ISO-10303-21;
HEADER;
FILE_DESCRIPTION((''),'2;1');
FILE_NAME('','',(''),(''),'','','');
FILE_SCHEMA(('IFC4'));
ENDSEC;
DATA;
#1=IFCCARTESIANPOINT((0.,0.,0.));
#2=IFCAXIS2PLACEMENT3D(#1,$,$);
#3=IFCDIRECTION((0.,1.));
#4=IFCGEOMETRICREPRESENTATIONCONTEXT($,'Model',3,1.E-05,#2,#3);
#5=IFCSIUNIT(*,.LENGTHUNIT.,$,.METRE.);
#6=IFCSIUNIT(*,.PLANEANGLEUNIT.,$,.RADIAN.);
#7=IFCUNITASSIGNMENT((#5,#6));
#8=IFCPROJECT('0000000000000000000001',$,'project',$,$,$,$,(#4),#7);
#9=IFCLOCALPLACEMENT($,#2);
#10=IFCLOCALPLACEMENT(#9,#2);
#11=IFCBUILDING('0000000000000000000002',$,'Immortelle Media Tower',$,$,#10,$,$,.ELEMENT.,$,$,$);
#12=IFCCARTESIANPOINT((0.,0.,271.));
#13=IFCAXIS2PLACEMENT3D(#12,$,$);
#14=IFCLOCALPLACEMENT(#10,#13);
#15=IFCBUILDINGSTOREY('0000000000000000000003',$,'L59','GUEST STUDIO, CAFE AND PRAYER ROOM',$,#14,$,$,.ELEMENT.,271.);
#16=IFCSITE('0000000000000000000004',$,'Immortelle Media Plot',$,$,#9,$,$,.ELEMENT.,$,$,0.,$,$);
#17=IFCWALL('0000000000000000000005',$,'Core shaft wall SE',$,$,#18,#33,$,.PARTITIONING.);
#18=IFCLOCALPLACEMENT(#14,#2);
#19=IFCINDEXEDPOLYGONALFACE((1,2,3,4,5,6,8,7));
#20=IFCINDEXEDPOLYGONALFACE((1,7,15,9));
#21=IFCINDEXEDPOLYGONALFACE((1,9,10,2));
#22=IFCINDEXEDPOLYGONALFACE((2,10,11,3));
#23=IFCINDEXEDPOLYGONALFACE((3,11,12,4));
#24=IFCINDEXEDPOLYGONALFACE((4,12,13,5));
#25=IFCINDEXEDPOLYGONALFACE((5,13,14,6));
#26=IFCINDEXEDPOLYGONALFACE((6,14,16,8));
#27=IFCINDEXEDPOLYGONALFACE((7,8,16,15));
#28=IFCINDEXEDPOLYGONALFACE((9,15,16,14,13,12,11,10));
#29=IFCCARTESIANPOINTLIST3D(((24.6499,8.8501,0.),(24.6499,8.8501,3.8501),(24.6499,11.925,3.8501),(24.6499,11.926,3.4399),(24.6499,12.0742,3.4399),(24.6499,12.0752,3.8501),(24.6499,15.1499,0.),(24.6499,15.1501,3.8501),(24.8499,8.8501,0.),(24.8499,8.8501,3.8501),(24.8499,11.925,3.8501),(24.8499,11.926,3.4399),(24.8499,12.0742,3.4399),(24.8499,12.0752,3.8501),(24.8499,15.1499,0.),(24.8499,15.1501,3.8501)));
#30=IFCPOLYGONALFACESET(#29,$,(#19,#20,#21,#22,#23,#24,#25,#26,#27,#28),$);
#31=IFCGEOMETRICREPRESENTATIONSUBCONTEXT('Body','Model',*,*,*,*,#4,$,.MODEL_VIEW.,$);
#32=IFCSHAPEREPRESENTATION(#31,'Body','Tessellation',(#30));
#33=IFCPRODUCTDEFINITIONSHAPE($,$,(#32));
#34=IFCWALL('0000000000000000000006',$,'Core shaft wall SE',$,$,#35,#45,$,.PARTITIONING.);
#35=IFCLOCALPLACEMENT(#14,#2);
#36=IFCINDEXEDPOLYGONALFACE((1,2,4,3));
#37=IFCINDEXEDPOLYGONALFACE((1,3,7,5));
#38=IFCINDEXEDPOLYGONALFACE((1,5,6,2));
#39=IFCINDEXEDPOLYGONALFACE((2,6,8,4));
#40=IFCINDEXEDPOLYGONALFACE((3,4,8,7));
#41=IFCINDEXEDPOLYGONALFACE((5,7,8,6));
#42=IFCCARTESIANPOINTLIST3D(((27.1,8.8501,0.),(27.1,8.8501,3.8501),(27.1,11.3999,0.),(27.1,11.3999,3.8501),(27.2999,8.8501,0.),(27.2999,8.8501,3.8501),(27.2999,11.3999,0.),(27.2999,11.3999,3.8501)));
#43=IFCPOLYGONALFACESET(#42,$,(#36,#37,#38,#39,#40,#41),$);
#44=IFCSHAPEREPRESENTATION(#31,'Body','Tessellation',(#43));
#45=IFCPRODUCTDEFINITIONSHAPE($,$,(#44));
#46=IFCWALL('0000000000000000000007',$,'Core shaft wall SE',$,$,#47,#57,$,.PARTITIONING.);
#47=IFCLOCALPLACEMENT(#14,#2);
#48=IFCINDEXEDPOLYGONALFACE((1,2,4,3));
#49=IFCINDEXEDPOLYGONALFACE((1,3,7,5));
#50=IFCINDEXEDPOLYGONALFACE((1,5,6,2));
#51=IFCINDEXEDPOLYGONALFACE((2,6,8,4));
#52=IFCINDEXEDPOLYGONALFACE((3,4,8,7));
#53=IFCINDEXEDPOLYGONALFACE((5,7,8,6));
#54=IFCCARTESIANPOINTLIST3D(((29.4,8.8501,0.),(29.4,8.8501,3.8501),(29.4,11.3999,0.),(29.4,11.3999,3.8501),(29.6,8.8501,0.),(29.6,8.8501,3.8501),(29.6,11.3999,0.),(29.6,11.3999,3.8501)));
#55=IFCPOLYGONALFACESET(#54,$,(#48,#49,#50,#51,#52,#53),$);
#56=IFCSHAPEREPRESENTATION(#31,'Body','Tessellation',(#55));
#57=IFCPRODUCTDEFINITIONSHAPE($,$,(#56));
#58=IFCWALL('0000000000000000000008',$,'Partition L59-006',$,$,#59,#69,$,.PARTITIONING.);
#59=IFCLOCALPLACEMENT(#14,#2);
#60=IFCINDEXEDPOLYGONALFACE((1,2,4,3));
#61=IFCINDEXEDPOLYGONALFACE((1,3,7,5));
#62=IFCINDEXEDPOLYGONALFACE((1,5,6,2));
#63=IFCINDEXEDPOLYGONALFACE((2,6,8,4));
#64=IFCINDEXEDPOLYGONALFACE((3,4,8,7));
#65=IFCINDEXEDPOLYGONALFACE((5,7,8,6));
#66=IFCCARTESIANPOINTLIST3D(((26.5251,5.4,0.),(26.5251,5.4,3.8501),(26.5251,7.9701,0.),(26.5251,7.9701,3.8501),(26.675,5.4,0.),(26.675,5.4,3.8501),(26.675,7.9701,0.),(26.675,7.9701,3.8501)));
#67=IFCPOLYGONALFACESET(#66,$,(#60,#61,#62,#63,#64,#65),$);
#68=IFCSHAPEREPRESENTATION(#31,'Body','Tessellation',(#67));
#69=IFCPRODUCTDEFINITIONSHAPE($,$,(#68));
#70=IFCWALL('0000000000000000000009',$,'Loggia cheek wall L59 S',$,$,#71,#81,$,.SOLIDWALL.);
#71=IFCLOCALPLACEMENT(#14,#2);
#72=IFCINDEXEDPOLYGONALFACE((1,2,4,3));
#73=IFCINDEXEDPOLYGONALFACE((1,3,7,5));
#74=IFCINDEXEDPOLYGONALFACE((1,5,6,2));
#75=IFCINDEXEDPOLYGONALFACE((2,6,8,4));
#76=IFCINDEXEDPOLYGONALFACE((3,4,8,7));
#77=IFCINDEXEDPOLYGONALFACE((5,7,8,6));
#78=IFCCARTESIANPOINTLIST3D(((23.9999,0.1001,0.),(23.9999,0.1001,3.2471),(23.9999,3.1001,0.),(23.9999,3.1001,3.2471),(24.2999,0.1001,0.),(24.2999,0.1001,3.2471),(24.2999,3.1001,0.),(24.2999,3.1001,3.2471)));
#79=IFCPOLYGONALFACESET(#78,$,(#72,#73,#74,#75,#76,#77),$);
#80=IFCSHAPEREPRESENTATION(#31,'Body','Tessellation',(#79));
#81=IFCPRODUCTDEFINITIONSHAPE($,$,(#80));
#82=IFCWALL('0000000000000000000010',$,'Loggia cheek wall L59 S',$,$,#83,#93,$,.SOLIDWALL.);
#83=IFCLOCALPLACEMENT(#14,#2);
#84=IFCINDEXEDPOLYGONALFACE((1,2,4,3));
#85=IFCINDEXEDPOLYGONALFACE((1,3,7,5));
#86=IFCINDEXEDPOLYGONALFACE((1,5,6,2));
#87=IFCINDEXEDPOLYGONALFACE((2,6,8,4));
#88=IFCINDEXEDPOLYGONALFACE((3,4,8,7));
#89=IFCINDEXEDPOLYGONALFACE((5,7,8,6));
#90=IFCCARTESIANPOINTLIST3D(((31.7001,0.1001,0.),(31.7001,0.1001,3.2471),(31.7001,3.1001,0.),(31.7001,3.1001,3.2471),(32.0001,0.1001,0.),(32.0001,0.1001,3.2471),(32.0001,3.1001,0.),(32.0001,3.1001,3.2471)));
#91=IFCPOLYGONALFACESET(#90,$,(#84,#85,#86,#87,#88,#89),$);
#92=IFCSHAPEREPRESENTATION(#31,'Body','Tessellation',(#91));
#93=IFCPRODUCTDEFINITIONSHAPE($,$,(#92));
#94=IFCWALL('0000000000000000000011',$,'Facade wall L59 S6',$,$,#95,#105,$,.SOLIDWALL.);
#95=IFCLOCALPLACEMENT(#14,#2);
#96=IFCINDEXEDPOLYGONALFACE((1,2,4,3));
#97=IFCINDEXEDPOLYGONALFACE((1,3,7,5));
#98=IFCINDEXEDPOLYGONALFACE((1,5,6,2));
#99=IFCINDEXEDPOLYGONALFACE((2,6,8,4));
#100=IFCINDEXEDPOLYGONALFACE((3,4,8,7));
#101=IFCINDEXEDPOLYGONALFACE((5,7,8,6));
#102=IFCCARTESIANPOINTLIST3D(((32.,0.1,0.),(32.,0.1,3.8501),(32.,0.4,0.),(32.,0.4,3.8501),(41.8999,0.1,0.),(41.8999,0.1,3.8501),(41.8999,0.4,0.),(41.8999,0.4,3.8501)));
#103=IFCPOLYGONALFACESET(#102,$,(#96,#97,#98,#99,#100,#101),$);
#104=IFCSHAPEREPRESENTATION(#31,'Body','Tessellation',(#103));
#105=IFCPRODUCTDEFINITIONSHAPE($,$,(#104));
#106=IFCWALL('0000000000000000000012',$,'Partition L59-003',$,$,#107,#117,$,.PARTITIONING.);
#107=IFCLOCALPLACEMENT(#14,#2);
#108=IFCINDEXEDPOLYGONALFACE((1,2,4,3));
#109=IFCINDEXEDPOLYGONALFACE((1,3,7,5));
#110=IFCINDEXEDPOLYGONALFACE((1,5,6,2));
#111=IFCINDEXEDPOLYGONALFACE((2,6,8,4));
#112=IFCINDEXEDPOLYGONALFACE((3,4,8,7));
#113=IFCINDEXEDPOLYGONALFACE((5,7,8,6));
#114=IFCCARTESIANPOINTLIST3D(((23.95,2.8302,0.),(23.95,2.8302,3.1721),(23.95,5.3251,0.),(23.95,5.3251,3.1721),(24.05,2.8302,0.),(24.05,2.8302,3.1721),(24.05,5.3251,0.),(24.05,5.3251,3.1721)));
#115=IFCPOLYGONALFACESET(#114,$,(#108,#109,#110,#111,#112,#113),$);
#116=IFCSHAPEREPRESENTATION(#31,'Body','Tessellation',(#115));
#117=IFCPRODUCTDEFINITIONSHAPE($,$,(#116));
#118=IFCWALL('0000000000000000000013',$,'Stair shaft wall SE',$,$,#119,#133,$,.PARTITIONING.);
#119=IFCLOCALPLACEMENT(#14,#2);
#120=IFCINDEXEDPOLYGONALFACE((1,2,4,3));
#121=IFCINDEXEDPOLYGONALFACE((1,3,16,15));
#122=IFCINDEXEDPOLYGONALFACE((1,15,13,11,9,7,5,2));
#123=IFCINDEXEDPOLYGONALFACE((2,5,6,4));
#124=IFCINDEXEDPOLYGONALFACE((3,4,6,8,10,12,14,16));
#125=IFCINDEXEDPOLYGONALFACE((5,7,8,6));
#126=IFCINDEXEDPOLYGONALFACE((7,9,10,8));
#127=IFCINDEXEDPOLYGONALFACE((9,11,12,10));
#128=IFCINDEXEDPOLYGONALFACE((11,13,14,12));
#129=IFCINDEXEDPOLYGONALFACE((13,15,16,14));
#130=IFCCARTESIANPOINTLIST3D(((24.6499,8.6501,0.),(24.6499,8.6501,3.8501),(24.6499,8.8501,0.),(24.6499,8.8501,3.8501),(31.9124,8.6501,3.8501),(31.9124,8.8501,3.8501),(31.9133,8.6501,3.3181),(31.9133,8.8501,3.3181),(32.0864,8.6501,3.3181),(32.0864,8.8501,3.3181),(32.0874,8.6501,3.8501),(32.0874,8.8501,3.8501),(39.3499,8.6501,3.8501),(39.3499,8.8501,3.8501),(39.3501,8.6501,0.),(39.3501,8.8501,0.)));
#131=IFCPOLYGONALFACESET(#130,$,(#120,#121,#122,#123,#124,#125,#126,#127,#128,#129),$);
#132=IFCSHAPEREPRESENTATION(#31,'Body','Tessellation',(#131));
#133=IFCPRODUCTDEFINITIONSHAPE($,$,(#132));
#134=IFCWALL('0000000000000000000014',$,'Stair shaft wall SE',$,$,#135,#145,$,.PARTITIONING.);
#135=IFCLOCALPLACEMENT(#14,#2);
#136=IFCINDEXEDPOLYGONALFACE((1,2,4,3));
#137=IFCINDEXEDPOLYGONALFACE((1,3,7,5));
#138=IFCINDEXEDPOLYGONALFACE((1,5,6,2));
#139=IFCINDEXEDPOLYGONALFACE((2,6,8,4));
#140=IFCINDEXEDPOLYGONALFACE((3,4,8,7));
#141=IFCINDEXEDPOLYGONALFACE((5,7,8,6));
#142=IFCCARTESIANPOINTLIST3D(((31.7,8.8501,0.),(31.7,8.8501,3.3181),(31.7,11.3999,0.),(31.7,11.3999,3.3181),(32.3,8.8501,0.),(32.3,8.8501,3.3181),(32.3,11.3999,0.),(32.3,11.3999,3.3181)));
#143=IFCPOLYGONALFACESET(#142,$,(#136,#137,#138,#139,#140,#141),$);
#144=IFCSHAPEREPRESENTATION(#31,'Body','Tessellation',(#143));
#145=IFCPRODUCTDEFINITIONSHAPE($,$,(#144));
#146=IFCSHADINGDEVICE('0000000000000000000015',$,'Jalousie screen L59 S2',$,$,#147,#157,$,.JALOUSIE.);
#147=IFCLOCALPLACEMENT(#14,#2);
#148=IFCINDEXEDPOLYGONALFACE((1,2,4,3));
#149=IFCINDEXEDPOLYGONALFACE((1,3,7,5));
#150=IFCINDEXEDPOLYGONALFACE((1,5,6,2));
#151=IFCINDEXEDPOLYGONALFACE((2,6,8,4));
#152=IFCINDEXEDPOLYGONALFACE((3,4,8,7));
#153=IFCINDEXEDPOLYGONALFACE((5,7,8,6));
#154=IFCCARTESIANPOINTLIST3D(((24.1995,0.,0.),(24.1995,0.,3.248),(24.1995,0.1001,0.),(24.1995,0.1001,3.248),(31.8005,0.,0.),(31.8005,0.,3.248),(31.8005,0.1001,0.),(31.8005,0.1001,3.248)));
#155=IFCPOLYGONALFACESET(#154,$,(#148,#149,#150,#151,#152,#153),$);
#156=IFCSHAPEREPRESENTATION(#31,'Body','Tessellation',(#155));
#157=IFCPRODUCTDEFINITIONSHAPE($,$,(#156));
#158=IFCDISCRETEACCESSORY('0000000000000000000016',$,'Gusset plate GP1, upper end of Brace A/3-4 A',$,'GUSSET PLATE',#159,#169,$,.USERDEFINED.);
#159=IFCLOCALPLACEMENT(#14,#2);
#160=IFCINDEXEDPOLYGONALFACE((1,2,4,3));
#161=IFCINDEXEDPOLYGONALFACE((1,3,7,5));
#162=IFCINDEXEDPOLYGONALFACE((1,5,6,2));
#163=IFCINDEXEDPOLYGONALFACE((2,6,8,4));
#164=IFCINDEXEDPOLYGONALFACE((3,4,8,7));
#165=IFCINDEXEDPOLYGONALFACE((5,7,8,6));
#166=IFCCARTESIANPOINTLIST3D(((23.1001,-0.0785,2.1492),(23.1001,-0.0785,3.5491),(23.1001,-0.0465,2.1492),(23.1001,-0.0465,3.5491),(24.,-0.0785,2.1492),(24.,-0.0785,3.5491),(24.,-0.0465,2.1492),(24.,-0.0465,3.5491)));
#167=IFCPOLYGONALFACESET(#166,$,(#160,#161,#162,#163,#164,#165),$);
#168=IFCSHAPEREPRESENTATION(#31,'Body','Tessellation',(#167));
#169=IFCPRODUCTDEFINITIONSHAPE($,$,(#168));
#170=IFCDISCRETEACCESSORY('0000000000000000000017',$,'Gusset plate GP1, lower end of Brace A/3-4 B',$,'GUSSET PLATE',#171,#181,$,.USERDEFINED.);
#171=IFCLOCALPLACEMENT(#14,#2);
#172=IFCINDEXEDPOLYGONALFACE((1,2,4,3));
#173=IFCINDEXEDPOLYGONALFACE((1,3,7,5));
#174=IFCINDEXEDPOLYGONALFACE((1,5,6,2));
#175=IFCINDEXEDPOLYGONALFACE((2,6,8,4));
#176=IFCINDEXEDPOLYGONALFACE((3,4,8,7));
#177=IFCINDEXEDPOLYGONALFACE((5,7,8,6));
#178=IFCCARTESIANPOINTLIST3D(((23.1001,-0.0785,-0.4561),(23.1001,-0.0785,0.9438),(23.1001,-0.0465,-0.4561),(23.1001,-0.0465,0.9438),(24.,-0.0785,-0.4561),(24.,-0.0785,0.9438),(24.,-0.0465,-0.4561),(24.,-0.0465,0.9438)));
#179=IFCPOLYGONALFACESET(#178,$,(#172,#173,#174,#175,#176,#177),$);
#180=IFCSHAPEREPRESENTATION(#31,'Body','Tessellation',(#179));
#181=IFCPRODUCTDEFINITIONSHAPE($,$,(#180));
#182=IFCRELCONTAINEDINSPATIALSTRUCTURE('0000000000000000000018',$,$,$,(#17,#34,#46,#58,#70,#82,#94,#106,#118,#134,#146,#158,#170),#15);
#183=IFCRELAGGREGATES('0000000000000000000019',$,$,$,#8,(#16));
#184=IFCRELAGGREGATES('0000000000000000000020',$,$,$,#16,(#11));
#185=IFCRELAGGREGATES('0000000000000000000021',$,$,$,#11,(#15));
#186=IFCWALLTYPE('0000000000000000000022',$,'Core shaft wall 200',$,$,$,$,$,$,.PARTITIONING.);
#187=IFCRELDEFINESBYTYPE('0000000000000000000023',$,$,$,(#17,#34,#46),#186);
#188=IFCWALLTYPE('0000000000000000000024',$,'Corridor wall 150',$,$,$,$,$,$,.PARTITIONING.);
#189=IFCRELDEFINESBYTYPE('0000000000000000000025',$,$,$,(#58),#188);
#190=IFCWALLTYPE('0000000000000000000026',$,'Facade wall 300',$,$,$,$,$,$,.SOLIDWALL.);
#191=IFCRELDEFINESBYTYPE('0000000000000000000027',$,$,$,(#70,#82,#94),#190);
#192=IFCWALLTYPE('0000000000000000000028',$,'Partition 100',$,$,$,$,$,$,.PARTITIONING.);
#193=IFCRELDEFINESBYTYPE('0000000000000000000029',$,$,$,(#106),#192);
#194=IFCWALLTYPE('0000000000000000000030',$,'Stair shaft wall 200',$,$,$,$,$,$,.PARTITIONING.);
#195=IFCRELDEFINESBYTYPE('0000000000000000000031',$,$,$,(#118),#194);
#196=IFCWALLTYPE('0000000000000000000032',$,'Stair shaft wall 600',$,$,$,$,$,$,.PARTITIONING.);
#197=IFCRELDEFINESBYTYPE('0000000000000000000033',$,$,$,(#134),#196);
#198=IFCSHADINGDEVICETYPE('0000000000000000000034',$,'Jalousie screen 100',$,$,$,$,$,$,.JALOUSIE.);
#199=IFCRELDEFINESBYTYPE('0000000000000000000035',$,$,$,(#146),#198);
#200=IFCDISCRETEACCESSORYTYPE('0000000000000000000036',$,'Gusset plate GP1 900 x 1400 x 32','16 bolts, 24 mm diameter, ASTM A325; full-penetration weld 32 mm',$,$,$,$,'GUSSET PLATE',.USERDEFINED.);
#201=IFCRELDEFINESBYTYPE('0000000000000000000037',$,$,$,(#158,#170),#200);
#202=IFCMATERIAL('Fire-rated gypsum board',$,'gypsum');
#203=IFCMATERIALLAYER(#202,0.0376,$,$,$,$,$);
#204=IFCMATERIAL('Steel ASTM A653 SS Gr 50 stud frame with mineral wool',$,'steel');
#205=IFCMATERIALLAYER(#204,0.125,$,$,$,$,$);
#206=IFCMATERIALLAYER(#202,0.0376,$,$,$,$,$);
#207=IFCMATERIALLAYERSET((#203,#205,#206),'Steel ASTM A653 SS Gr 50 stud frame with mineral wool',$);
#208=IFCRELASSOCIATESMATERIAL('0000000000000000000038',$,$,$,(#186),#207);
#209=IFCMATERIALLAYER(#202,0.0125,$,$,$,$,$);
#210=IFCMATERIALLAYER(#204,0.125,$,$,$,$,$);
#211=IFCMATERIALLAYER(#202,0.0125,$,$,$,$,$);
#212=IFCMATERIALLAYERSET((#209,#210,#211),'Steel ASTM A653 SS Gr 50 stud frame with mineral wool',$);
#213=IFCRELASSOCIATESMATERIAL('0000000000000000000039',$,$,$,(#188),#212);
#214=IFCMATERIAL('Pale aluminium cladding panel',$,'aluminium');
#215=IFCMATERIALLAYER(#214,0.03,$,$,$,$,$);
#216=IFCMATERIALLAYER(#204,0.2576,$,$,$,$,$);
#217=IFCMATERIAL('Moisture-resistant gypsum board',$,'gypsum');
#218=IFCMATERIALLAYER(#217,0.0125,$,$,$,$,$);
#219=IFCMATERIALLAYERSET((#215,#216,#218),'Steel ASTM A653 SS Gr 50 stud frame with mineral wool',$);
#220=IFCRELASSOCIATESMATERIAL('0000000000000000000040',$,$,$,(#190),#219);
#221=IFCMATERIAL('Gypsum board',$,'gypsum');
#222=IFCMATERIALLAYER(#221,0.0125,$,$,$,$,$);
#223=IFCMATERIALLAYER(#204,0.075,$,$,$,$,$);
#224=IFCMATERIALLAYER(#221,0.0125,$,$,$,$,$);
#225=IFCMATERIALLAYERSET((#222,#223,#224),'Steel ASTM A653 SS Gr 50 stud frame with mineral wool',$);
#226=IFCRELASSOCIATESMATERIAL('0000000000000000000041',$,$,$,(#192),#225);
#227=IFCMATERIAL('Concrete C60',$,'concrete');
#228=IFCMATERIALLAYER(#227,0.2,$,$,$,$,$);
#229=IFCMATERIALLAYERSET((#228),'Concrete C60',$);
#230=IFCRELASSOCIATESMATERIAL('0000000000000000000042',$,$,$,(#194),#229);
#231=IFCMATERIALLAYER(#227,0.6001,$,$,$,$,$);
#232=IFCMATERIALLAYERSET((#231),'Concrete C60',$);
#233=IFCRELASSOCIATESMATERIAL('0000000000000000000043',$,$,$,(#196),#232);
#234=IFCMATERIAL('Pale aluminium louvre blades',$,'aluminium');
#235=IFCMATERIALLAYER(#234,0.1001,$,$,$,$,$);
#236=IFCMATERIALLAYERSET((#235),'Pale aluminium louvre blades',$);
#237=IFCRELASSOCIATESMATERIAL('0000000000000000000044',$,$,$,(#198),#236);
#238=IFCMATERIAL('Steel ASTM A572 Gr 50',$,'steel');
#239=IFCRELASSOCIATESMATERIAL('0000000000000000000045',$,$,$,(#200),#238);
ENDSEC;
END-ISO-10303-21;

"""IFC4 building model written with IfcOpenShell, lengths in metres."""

from ifc_helpers import new_model, si_unit, direction, frame, frame_2d, origin, origin_2d, place, context, subcontext, project, spatial, polyline, rectangle, outline, extrude, material, layer, layer_set, material_profile, profile_set, type_object, element, save


model = new_model("IFC4")

# Units and contexts
model_context = context("Model", 3, precision=1e-05, world=origin(), true_north=direction((0.0, 1.0)))
body_context = subcontext(model_context, "Body", "Model", "MODEL_VIEW")
ifc_project = project(units=[si_unit("LENGTHUNIT", "METRE"), si_unit("PLANEANGLEUNIT", "RADIAN")], contexts=[model_context])

# Site, building, storey
site_placement = place(None, origin())
site = spatial("IfcSite", under=ifc_project, at=site_placement, Name="Immortelle Media Plot", CompositionType="ELEMENT", RefElevation=0.0)
building_placement = place(site_placement, origin())
building = spatial("IfcBuilding", under=site, at=building_placement, Name="Immortelle Media Tower", CompositionType="ELEMENT")
storey_placement = place(building_placement, frame((0.0, 0.0, 271.0)))
storey = spatial("IfcBuildingStorey", under=building, at=storey_placement, Name="L59", Description="GUEST STUDIO, CAFE AND PRAYER ROOM", CompositionType="ELEMENT", Elevation=271.0)

# Shared definitions
ifc_material_1 = material(Name="Fire-rated gypsum board", Category="gypsum")
ifc_layer_1 = layer(ifc_material_1, 0.0376)
ifc_material_2 = material(Name="Steel ASTM A653 SS Gr 50 stud frame with mineral wool", Category="steel")
ifc_layer_2 = layer(ifc_material_2, 0.125)
ifc_layer_3 = layer(ifc_material_1, 0.0376)
ifc_layer_set_1 = layer_set([ifc_layer_1, ifc_layer_2, ifc_layer_3], Name="Steel ASTM A653 SS Gr 50 stud frame with mineral wool")
wall_type_1 = type_object("IfcWallType", Name="Core shaft wall 200", PredefinedType="PARTITIONING", material=ifc_layer_set_1)

# Walls
wall_1_placement = place(storey_placement, frame((24.75, 8.8501, 0.0), z_axis=(0.0, 0.0, 1.0), x_axis=(0.0, 1.0, 0.0)))
element("IfcWall", 1, at=wall_1_placement, inside=storey, type_object=wall_type_1, Name="Core shaft wall SE", PredefinedType="PARTITIONING", context=body_context, shape_type="SweptSolid", body=[
    extrude(outline(polyline([(0.0, 0.0), (6.2998, 0.0), (6.3, 3.8501), (3.2251, 3.8501), (3.2241, 3.4399), (3.0759, 3.4399), (3.075, 3.8501), (0.0, 3.8501), (0.0, 0.0)])), frame((0.0, 0.1001, 0.0), z_axis=(0.0, -1.0, 0.0), x_axis=(1.0, 0.0, 0.0)), (0.0, 0.0, 1.0), 0.2),
])
for number, where, z_axis, x_axis, name in (
    (2, (27.2, 8.8501, 0.0), (0.0, 0.0, 1.0), (0.0, 1.0, 0.0), "Core shaft wall SE"),
    (3, (29.5, 8.8501, 0.0), (0.0, 0.0, 1.0), (0.0, 1.0, 0.0), "Core shaft wall SE"),
):
    element("IfcWall", number, at=place(storey_placement, frame(where, z_axis=z_axis, x_axis=x_axis)), inside=storey, type_object=wall_type_1, Name=name, PredefinedType="PARTITIONING", context=body_context, shape_type="SweptSolid", body=[
        extrude(rectangle(XDim=2.5498, YDim=0.2, at=frame_2d((1.2749, 0.0))), origin(), (0.0, 0.0, 1.0), 3.8501),
    ])
ifc_layer_4 = layer(ifc_material_1, 0.0125)
ifc_layer_5 = layer(ifc_material_2, 0.125)
ifc_layer_6 = layer(ifc_material_1, 0.0125)
ifc_layer_set_2 = layer_set([ifc_layer_4, ifc_layer_5, ifc_layer_6], Name="Steel ASTM A653 SS Gr 50 stud frame with mineral wool")
wall_type_2 = type_object("IfcWallType", Name="Corridor wall 150", PredefinedType="PARTITIONING", material=ifc_layer_set_2)
wall_2_placement = place(storey_placement, frame((26.6001, 5.3999, 0.0), z_axis=(0.0, 0.0, 1.0), x_axis=(0.0, 1.0, 0.0)))
element("IfcWall", 4, at=wall_2_placement, inside=storey, type_object=wall_type_2, Name="Partition L59-006", PredefinedType="PARTITIONING", context=body_context, shape_type="SweptSolid", body=[
    extrude(rectangle(XDim=2.5701, YDim=0.1499, at=frame_2d((1.2852, 0.0))), origin(), (0.0, 0.0, 1.0), 3.8501),
])

# Shared definitions
ifc_material_3 = material(Name="Pale aluminium cladding panel", Category="aluminium")
ifc_layer_7 = layer(ifc_material_3, 0.03)
ifc_layer_8 = layer(ifc_material_2, 0.2576)
ifc_material_4 = material(Name="Moisture-resistant gypsum board", Category="gypsum")
ifc_layer_9 = layer(ifc_material_4, 0.0125)
ifc_layer_set_3 = layer_set([ifc_layer_7, ifc_layer_8, ifc_layer_9], Name="Steel ASTM A653 SS Gr 50 stud frame with mineral wool")
wall_type_3 = type_object("IfcWallType", Name="Facade wall 300", PredefinedType="SOLIDWALL", material=ifc_layer_set_3)

# Walls
for number, where, z_axis, x_axis, name in (
    (5, (24.1499, 0.1001, 0.0), (0.0, 0.0, 1.0), (0.0, 1.0, 0.0), "Loggia cheek wall L59 S"),
    (6, (31.8501, 0.1001, 0.0), (0.0, 0.0, 1.0), (0.0, 1.0, 0.0), "Loggia cheek wall L59 S"),
):
    element("IfcWall", number, at=place(storey_placement, frame(where, z_axis=z_axis, x_axis=x_axis)), inside=storey, type_object=wall_type_3, Name=name, PredefinedType="SOLIDWALL", context=body_context, shape_type="SweptSolid", body=[
        extrude(rectangle(XDim=3.0, YDim=0.3, at=frame_2d((1.5, 0.0))), origin(), (0.0, 0.0, 1.0), 3.2471),
    ])
wall_3_placement = place(storey_placement, frame((32.0, 0.25, 0.0), z_axis=(0.0, 0.0, 1.0), x_axis=(1.0, 0.0, 0.0)))
element("IfcWall", 7, at=wall_3_placement, inside=storey, type_object=wall_type_3, Name="Facade wall L59 S6", PredefinedType="SOLIDWALL", context=body_context, shape_type="SweptSolid", body=[
    extrude(rectangle(XDim=9.8999, YDim=0.3, at=frame_2d((4.95, 0.0))), origin(), (0.0, 0.0, 1.0), 3.8501),
])
ifc_material_5 = material(Name="Gypsum board", Category="gypsum")
ifc_layer_10 = layer(ifc_material_5, 0.0125)
ifc_layer_11 = layer(ifc_material_2, 0.075)
ifc_layer_12 = layer(ifc_material_5, 0.0125)
ifc_layer_set_4 = layer_set([ifc_layer_10, ifc_layer_11, ifc_layer_12], Name="Steel ASTM A653 SS Gr 50 stud frame with mineral wool")
wall_type_4 = type_object("IfcWallType", Name="Partition 100", PredefinedType="PARTITIONING", material=ifc_layer_set_4)
wall_4_placement = place(storey_placement, frame((24.0, 2.8301, 0.0), z_axis=(0.0, 0.0, 1.0), x_axis=(0.0, 1.0, 0.0)))
element("IfcWall", 8, at=wall_4_placement, inside=storey, type_object=wall_type_4, Name="Partition L59-003", PredefinedType="PARTITIONING", context=body_context, shape_type="SweptSolid", body=[
    extrude(rectangle(XDim=2.4949, YDim=0.1001, at=frame_2d((1.2476, 0.0))), origin(), (0.0, 0.0, 1.0), 3.1721),
])
ifc_material_6 = material(Name="Concrete C60", Category="concrete")
ifc_layer_13 = layer(ifc_material_6, 0.2)
ifc_layer_set_5 = layer_set([ifc_layer_13], Name="Concrete C60")
wall_type_5 = type_object("IfcWallType", Name="Stair shaft wall 200", PredefinedType="PARTITIONING", material=ifc_layer_set_5)
wall_5_placement = place(storey_placement, frame((24.6499, 8.75, 0.0), z_axis=(0.0, 0.0, 1.0), x_axis=(1.0, 0.0, 0.0)))
element("IfcWall", 9, at=wall_5_placement, inside=storey, type_object=wall_type_5, Name="Stair shaft wall SE", PredefinedType="PARTITIONING", context=body_context, shape_type="SweptSolid", body=[
    extrude(outline(polyline([(0.0, 0.0), (14.7002, 0.0), (14.7, 3.8501), (7.4375, 3.8501), (7.4365, 3.3181), (7.2634, 3.3181), (7.2625, 3.8501), (0.0, 3.8501), (0.0, 0.0)])), frame((0.0, 0.1001, 0.0), z_axis=(0.0, -1.0, 0.0), x_axis=(1.0, 0.0, 0.0)), (0.0, 0.0, 1.0), 0.2),
])
ifc_layer_14 = layer(ifc_material_6, 0.6001)
ifc_layer_set_6 = layer_set([ifc_layer_14], Name="Concrete C60")
wall_type_6 = type_object("IfcWallType", Name="Stair shaft wall 600", PredefinedType="PARTITIONING", material=ifc_layer_set_6)
wall_6_placement = place(storey_placement, frame((32.0, 8.8501, 0.0), z_axis=(0.0, 0.0, 1.0), x_axis=(0.0, 1.0, 0.0)))
element("IfcWall", 10, at=wall_6_placement, inside=storey, type_object=wall_type_6, Name="Stair shaft wall SE", PredefinedType="PARTITIONING", context=body_context, shape_type="SweptSolid", body=[
    extrude(rectangle(XDim=2.5498, YDim=0.6001, at=frame_2d((1.2749, 0.0))), origin(), (0.0, 0.0, 1.0), 3.3181),
])

# Shading device
ifc_material_7 = material(Name="Pale aluminium louvre blades", Category="aluminium")
ifc_layer_15 = layer(ifc_material_7, 0.1001)
ifc_layer_set_7 = layer_set([ifc_layer_15], Name="Pale aluminium louvre blades")
shading_device_type = type_object("IfcShadingDeviceType", Name="Jalousie screen 100", PredefinedType="JALOUSIE", material=ifc_layer_set_7)
shading_device_placement = place(storey_placement, frame((28.0, 0.05, 0.0), z_axis=(0.0, 0.0, 1.0), x_axis=(1.0, 0.0, 0.0)))
element("IfcShadingDevice", 11, at=shading_device_placement, inside=storey, type_object=shading_device_type, Name="Jalousie screen L59 S2", PredefinedType="JALOUSIE", context=body_context, shape_type="SweptSolid", body=[
    extrude(rectangle(XDim=7.6011, YDim=0.1001, at=origin_2d()), origin(), (0.0, 0.0, 1.0), 3.248),
])

# Discrete accessories
ifc_material_8 = material(Name="Steel ASTM A572 Gr 50", Category="steel")
ifc_material_profile_1 = material_profile(ifc_material_8, rectangle(XDim=0.032, YDim=1.3999, at=origin_2d()), Name="PL 32 x 1400")
ifc_profile_set_1 = profile_set([ifc_material_profile_1], Name="Steel ASTM A572 Gr 50")
discrete_accessory_type = type_object("IfcDiscreteAccessoryType", Name="Gusset plate GP1 900 x 1400 x 32", Description="16 bolts, 24 mm diameter, ASTM A325; full-penetration weld 32 mm", ElementType="GUSSET PLATE", PredefinedType="USERDEFINED", material=ifc_profile_set_1)
for number, where, z_axis, x_axis, name in (
    (12, (24.0, -0.0625, 2.8491), (-1.0, 0.0, 0.0), (0.0, -1.0, 0.0), "Gusset plate GP1, upper end of Brace A/3-4 A"),
    (13, (24.0, -0.0625, 0.2439), (-1.0, 0.0, 0.0), (0.0, -1.0, 0.0), "Gusset plate GP1, lower end of Brace A/3-4 B"),
):
    element("IfcDiscreteAccessory", number, at=place(storey_placement, frame(where, z_axis=z_axis, x_axis=x_axis)), inside=storey, type_object=discrete_accessory_type, Name=name, ObjectType="GUSSET PLATE", PredefinedType="USERDEFINED", context=body_context, shape_type="SweptSolid", body=[
        extrude(rectangle(XDim=0.032, YDim=1.3999, at=origin_2d()), origin(), (0.0, 0.0, 1.0), 0.8999),
    ])

save(model, "model.ifc")
